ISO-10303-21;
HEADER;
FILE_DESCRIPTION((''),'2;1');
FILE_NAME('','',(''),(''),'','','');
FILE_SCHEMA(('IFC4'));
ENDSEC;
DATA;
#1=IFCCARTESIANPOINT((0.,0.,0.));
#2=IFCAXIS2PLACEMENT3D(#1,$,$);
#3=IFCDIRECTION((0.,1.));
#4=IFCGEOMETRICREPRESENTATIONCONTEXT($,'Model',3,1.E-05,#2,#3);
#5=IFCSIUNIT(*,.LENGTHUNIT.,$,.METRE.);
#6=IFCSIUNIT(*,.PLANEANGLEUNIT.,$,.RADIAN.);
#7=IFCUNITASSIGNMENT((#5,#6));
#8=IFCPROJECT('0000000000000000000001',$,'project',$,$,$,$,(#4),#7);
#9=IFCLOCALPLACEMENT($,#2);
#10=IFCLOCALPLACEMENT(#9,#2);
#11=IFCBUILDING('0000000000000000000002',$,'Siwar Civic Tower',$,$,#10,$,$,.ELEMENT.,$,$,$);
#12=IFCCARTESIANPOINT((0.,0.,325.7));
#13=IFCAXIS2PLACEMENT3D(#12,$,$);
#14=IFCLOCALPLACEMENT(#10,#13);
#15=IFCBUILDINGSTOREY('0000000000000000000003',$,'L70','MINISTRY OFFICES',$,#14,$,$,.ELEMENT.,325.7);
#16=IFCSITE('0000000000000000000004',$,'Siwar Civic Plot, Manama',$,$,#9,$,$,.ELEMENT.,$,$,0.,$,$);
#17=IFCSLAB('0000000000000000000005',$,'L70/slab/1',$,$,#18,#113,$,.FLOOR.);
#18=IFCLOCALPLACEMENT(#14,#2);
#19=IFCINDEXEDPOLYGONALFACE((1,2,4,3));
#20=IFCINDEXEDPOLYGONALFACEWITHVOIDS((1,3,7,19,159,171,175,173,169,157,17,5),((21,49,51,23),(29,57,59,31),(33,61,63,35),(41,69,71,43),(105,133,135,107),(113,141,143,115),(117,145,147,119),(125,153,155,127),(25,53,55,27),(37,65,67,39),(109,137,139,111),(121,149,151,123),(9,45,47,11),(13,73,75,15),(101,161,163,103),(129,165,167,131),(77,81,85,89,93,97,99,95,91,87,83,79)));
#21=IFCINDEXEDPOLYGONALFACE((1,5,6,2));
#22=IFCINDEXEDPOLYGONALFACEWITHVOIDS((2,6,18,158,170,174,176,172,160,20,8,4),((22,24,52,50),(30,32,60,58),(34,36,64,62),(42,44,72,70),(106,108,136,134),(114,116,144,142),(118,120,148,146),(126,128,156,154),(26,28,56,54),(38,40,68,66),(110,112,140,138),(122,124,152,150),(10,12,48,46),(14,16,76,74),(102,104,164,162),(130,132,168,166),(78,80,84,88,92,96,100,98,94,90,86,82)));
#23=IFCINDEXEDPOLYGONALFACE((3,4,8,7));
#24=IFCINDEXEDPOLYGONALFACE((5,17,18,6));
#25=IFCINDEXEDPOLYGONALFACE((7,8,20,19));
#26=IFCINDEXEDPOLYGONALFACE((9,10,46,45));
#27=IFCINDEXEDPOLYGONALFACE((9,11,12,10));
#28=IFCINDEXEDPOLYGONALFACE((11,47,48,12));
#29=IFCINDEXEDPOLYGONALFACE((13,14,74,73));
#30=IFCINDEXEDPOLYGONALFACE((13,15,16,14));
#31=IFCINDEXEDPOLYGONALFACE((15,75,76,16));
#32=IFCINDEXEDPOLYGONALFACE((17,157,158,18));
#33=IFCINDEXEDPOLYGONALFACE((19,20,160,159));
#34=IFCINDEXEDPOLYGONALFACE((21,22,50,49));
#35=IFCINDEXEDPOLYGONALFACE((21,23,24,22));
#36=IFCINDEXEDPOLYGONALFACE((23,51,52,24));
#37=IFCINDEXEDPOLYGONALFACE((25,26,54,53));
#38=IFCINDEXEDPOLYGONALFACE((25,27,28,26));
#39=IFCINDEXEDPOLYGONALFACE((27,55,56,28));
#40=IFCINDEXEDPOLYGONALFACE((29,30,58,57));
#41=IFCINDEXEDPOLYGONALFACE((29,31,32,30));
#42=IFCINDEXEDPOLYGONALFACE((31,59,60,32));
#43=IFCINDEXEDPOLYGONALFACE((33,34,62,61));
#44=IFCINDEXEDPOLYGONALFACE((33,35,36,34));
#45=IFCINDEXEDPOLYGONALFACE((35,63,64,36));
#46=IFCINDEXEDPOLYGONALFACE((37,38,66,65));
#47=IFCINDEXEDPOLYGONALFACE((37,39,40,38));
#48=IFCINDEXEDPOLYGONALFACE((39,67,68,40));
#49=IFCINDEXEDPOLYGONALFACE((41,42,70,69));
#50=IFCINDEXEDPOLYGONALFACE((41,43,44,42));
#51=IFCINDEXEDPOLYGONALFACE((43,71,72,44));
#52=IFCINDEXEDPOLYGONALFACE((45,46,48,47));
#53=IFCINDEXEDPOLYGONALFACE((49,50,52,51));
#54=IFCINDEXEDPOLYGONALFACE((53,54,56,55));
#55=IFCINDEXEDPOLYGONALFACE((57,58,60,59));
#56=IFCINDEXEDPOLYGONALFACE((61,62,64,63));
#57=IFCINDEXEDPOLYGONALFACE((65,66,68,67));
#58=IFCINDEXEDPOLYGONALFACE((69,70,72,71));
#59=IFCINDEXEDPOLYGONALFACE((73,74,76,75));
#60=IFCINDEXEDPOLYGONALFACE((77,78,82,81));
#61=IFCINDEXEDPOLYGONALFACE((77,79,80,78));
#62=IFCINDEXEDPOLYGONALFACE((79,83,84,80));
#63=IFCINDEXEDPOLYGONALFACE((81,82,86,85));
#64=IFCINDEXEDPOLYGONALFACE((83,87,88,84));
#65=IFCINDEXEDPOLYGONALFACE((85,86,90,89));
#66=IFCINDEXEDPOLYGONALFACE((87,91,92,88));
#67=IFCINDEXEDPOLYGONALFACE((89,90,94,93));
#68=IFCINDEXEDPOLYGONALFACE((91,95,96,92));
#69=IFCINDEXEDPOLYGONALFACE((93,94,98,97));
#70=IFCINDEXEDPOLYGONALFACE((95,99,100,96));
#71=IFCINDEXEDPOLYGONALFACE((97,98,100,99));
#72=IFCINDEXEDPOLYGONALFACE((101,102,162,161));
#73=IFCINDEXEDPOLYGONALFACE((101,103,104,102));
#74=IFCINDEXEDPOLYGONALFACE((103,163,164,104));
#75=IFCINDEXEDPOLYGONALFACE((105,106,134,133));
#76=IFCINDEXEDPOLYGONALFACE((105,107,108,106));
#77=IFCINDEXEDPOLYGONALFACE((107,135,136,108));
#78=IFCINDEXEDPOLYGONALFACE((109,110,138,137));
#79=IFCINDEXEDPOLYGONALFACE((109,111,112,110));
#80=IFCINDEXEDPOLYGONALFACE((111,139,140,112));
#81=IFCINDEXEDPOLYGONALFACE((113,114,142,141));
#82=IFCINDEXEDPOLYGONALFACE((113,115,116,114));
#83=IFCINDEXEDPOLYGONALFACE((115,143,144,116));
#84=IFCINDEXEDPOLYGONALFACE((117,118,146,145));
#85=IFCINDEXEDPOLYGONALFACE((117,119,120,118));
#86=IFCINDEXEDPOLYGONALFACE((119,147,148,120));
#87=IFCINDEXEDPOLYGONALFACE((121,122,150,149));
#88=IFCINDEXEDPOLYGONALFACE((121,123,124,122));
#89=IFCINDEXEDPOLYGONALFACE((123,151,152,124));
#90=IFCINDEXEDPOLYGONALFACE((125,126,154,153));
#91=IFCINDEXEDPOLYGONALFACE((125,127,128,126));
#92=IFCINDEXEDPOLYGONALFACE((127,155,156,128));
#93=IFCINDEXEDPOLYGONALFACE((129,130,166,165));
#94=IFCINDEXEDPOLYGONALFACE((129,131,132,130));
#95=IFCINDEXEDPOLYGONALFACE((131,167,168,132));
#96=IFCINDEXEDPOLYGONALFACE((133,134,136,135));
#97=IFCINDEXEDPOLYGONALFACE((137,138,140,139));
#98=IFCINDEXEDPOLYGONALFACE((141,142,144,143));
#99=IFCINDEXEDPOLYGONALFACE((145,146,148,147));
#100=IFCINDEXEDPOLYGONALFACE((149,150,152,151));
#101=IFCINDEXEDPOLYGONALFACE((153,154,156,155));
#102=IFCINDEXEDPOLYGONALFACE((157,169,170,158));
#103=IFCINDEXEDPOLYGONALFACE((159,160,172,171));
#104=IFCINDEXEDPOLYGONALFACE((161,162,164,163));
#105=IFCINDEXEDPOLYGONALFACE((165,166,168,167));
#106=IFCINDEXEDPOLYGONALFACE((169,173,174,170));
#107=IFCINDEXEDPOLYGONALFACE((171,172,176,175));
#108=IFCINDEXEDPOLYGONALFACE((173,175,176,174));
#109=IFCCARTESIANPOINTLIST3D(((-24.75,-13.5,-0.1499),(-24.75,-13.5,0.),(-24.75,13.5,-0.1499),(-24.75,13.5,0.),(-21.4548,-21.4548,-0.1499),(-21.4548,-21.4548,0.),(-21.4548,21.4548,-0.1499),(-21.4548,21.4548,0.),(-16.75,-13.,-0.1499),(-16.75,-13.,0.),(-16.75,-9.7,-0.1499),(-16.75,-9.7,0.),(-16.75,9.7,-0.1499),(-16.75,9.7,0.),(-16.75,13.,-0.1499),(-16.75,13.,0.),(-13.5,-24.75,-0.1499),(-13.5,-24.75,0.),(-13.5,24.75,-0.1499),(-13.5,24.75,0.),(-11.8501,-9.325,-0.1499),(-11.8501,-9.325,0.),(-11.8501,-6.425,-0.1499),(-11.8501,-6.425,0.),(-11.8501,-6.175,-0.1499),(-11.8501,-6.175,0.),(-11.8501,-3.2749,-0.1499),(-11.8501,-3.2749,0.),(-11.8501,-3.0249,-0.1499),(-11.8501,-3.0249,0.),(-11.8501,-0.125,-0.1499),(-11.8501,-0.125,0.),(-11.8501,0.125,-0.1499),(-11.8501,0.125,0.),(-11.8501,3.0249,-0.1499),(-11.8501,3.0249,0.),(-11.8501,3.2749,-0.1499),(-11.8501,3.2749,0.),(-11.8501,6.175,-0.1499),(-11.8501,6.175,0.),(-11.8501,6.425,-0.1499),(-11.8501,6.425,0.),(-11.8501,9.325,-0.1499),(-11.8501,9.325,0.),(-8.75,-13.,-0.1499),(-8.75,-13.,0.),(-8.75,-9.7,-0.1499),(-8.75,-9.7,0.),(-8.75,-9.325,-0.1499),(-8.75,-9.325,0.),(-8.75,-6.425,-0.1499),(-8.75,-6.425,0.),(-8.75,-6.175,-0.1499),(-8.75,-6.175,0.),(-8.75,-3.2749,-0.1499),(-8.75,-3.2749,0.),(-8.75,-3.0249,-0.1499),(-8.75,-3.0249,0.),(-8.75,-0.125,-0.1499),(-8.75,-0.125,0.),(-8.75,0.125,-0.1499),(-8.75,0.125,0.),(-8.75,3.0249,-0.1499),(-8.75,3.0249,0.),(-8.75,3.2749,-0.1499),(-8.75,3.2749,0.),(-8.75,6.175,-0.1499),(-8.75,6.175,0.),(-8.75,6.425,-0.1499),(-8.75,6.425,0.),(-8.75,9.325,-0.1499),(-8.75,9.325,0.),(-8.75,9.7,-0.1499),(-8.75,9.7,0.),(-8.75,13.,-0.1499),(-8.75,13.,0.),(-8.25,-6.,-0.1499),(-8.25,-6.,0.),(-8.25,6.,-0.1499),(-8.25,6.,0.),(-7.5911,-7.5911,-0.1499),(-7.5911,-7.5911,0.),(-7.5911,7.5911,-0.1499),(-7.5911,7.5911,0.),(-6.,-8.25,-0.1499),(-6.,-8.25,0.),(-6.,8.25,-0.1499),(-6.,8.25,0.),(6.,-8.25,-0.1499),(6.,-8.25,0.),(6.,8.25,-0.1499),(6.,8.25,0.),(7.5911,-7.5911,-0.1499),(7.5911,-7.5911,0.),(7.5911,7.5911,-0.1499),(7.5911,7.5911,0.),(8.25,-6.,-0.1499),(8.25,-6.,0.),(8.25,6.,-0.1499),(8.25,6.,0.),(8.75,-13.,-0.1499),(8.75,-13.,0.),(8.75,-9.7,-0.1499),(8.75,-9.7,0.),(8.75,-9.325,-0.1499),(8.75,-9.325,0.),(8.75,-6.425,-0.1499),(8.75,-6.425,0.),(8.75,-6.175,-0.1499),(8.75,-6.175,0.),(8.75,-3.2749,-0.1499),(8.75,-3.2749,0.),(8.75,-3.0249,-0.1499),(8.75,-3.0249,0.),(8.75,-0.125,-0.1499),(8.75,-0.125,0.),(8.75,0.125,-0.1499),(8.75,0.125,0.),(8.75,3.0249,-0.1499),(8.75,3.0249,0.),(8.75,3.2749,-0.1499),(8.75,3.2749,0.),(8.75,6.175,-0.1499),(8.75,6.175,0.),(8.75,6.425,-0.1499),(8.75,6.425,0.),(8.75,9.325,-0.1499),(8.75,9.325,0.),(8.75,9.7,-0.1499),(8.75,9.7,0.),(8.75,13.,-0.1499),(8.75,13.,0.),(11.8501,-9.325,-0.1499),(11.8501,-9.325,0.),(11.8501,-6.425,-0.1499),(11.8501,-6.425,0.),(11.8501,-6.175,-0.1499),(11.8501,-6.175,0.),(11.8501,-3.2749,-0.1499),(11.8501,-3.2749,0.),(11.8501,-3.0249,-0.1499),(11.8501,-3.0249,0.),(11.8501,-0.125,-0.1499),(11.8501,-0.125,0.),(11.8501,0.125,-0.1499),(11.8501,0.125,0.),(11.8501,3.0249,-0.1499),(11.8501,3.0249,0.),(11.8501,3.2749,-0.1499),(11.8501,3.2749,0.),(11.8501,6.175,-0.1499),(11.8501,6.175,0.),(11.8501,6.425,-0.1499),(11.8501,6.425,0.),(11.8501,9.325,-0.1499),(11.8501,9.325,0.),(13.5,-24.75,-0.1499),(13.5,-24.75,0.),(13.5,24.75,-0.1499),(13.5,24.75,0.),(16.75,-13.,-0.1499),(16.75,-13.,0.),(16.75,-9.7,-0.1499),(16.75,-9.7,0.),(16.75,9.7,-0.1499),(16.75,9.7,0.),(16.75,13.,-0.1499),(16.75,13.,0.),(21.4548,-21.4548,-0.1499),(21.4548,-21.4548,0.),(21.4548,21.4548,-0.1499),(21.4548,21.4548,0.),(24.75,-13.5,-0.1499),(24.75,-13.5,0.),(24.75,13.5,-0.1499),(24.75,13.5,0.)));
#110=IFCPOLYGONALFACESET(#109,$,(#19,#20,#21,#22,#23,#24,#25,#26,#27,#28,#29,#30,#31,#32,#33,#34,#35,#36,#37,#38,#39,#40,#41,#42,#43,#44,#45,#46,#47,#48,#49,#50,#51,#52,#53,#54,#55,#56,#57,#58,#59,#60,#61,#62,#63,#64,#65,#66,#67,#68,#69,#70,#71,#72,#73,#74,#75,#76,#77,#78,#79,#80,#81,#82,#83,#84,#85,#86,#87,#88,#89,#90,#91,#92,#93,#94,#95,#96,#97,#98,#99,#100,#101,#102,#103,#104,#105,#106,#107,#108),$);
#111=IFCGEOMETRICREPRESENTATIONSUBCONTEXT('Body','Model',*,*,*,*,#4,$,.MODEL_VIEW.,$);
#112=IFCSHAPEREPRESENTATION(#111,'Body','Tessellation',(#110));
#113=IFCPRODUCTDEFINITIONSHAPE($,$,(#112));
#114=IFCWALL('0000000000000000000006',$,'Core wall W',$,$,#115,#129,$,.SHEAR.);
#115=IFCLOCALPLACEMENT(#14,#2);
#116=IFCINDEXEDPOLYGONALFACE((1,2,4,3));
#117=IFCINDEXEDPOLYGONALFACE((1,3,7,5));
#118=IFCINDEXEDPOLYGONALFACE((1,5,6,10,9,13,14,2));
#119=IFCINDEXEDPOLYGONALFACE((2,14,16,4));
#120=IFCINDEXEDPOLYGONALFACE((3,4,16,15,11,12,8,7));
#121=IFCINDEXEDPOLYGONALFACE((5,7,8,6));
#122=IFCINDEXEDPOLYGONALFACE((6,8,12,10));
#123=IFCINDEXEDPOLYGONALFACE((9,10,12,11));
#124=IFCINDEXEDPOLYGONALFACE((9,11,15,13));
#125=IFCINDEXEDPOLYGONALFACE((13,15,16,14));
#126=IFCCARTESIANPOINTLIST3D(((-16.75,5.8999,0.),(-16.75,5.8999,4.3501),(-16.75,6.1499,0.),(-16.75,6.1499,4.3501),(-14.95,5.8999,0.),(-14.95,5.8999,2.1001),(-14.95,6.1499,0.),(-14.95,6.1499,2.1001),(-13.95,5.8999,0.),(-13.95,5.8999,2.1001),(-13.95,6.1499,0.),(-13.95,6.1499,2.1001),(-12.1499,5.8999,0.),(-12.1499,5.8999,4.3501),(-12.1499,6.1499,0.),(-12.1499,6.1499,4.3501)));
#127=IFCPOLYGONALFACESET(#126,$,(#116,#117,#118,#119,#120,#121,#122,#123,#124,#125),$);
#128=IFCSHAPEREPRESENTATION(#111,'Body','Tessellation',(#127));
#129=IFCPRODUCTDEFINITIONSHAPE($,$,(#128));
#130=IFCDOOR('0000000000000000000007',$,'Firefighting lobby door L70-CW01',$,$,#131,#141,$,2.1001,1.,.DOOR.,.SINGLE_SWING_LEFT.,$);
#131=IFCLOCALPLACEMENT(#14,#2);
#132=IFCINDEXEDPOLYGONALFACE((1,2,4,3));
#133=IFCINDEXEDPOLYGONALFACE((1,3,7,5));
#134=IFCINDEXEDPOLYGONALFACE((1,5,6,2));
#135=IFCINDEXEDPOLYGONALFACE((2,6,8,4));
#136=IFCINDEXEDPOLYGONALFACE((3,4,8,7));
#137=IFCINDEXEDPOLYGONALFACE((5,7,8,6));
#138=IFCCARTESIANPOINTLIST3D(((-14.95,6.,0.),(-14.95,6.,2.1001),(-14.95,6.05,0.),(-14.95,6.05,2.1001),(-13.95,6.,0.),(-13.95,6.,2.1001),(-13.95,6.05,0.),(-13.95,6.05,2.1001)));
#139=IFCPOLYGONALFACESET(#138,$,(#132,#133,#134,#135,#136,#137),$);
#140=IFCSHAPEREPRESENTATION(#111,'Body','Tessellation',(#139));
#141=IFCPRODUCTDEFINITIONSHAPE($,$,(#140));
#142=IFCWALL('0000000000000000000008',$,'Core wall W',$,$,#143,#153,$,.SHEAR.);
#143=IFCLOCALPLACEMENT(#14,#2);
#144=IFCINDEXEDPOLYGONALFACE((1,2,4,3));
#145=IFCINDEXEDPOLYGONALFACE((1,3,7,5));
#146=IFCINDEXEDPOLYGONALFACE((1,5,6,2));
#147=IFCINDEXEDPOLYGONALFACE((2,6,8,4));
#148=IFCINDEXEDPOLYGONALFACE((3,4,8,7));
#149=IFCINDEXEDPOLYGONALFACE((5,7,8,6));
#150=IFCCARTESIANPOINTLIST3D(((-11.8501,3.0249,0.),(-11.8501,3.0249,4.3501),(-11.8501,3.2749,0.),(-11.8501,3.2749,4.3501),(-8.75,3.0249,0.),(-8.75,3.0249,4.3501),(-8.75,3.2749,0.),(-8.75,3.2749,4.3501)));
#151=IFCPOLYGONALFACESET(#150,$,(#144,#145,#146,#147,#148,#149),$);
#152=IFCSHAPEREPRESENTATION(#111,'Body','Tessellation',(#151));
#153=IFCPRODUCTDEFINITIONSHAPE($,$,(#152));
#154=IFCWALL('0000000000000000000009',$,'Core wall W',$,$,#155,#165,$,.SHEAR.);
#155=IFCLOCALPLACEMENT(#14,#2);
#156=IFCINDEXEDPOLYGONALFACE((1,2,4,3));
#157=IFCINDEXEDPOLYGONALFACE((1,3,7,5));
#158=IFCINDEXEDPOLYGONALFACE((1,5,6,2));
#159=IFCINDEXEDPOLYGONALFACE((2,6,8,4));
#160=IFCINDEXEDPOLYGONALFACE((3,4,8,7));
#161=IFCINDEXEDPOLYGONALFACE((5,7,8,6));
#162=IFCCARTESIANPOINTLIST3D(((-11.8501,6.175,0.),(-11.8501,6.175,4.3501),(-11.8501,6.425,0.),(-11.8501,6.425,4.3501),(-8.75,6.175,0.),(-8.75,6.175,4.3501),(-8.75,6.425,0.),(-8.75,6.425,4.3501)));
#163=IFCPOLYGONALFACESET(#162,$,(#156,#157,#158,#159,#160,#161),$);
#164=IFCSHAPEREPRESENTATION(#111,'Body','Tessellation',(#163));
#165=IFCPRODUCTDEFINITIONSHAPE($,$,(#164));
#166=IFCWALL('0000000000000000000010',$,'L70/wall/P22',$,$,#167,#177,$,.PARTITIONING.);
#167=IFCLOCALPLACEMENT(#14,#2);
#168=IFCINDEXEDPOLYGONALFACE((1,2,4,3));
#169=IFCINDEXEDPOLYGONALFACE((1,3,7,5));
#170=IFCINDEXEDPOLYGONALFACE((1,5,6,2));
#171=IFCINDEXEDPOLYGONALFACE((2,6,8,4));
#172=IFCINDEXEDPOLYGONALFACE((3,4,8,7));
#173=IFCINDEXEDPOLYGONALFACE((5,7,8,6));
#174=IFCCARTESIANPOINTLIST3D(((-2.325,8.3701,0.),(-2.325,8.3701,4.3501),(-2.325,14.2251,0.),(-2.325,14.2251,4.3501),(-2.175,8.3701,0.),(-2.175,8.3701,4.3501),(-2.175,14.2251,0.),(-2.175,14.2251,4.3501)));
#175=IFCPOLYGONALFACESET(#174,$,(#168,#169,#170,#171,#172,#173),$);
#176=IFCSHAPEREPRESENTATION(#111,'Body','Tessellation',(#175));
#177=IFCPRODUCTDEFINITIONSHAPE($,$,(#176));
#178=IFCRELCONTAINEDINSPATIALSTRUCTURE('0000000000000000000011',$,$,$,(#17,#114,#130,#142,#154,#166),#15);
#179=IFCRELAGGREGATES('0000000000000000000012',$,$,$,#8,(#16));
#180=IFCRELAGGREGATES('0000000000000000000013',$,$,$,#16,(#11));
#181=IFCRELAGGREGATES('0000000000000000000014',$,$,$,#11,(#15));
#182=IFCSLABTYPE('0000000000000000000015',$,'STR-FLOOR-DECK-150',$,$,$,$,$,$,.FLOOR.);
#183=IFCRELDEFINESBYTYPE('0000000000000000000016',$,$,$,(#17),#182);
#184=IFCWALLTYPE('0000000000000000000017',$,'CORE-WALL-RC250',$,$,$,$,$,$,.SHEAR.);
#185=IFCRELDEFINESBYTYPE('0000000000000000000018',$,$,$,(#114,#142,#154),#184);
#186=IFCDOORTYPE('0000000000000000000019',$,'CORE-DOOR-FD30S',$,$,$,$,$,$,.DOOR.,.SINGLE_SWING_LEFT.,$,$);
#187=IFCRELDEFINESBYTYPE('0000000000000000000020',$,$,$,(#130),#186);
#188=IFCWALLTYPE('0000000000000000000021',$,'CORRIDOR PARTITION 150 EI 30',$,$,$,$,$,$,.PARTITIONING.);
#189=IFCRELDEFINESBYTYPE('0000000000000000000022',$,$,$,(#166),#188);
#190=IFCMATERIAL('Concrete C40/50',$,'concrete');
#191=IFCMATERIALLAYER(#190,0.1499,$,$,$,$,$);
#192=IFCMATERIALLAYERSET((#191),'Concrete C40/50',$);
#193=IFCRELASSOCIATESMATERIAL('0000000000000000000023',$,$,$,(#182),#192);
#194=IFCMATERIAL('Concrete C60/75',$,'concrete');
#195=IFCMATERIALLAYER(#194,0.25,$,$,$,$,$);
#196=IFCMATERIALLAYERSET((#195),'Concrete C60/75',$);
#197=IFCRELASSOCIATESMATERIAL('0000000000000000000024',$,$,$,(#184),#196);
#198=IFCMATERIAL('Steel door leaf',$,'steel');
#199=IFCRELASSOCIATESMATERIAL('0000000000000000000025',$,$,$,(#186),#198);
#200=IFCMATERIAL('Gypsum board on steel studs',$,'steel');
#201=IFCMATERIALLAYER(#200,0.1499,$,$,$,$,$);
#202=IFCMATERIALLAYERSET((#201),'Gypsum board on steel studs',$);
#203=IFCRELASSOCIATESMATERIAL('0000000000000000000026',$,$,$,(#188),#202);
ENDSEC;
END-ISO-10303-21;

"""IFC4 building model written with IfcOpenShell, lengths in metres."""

from ifc_helpers import new_model, si_unit, direction, frame, frame_2d, origin, place, context, subcontext, project, spatial, polyline, rectangle, outline, extrude, material, layer, layer_set, type_object, element, fill, save


model = new_model("IFC4")

# Units and contexts
model_context = context("Model", 3, precision=1e-05, world=origin(), true_north=direction((0.0, 1.0)))
body_context = subcontext(model_context, "Body", "Model", "MODEL_VIEW")
ifc_project = project(units=[si_unit("LENGTHUNIT", "METRE"), si_unit("PLANEANGLEUNIT", "RADIAN")], contexts=[model_context])

# Site, building, storey
site_placement = place(None, origin())
site = spatial("IfcSite", under=ifc_project, at=site_placement, Name="Siwar Civic Plot, Manama", CompositionType="ELEMENT", RefElevation=0.0)
building_placement = place(site_placement, origin())
building = spatial("IfcBuilding", under=site, at=building_placement, Name="Siwar Civic Tower", CompositionType="ELEMENT")
storey_placement = place(building_placement, frame((0.0, 0.0, 325.7)))
storey = spatial("IfcBuildingStorey", under=building, at=storey_placement, Name="L70", Description="MINISTRY OFFICES", CompositionType="ELEMENT", Elevation=325.7)

# Slab
ifc_material_1 = material(Name="Concrete C40/50", Category="concrete")
ifc_layer_1 = layer(ifc_material_1, 0.1499)
ifc_layer_set_1 = layer_set([ifc_layer_1], Name="Concrete C40/50")
slab_type_1 = type_object("IfcSlabType", Name="STR-FLOOR-DECK-150", PredefinedType="FLOOR", material=ifc_layer_set_1)
slab_1_placement = place(storey_placement, frame((0.0, 0.0, -0.1499)))
element("IfcSlab", 1, at=slab_1_placement, inside=storey, type_object=slab_type_1, Name="L70/slab/1", PredefinedType="FLOOR", context=body_context, shape_type="SweptSolid", body=[
    extrude(outline(polyline([(-13.5, -24.75), (13.5, -24.75), (21.4548, -21.4548), (24.75, -13.5), (24.75, 13.5), (21.4548, 21.4548), (13.5, 24.75), (-13.5, 24.75), (-21.4548, 21.4548), (-24.75, 13.5), (-24.75, -13.5), (-21.4548, -21.4548), (-13.5, -24.75)]), holes=[polyline([(16.75, 13.0), (16.75, 9.7), (8.75, 9.7), (8.75, 13.0), (16.75, 13.0)]), polyline([(8.75, -9.7), (16.75, -9.7), (16.75, -13.0), (8.75, -13.0), (8.75, -9.7)]), polyline([(11.8501, 9.325), (11.8501, 6.425), (8.75, 6.425), (8.75, 9.325), (11.8501, 9.325)]), polyline([(8.75, 6.175), (11.8501, 6.175), (11.8501, 3.2749), (8.75, 3.2749), (8.75, 6.175)]), polyline([(8.75, 3.0249), (11.8501, 3.0249), (11.8501, 0.125), (8.75, 0.125), (8.75, 3.0249)]), polyline([(8.75, -0.125), (11.8501, -0.125), (11.8501, -3.0249), (8.75, -3.0249), (8.75, -0.125)]), polyline([(8.75, -3.2749), (11.8501, -3.2749), (11.8501, -6.175), (8.75, -6.175), (8.75, -3.2749)]), polyline([(8.75, -6.425), (11.8501, -6.425), (11.8501, -9.325), (8.75, -9.325), (8.75, -6.425)]), polyline([(-6.0, 8.25), (6.0, 8.25), (7.5911, 7.5911), (8.25, 6.0), (8.25, -6.0), (7.5911, -7.5911), (6.0, -8.25), (-6.0, -8.25), (-7.5911, -7.5911), (-8.25, -6.0), (-8.25, 6.0), (-7.5911, 7.5911), (-6.0, 8.25)]), polyline([(-8.75, -13.0), (-16.75, -13.0), (-16.75, -9.7), (-8.75, -9.7), (-8.75, -13.0)]), polyline([(-8.75, 9.7), (-16.75, 9.7), (-16.75, 13.0), (-8.75, 13.0), (-8.75, 9.7)]), polyline([(-8.75, 6.425), (-11.8501, 6.425), (-11.8501, 9.325), (-8.75, 9.325), (-8.75, 6.425)]), polyline([(-8.75, 3.2749), (-11.8501, 3.2749), (-11.8501, 6.175), (-8.75, 6.175), (-8.75, 3.2749)]), polyline([(-8.75, 0.125), (-11.8501, 0.125), (-11.8501, 3.0249), (-8.75, 3.0249), (-8.75, 0.125)]), polyline([(-8.75, -3.0249), (-11.8501, -3.0249), (-11.8501, -0.125), (-8.75, -0.125), (-8.75, -3.0249)]), polyline([(-8.75, -6.175), (-11.8501, -6.175), (-11.8501, -3.2749), (-8.75, -3.2749), (-8.75, -6.175)]), polyline([(-8.75, -9.325), (-11.8501, -9.325), (-11.8501, -6.425), (-8.75, -6.425), (-8.75, -9.325)])]), origin(), (0.0, 0.0, 1.0), 0.1499),
])

# Wall, opening, door
ifc_material_2 = material(Name="Concrete C60/75", Category="concrete")
ifc_layer_2 = layer(ifc_material_2, 0.25)
ifc_layer_set_2 = layer_set([ifc_layer_2], Name="Concrete C60/75")
wall_type_1 = type_object("IfcWallType", Name="CORE-WALL-RC250", PredefinedType="SHEAR", material=ifc_layer_set_2)
wall_1_placement = place(storey_placement, frame((-12.1499, 6.0249, 0.0), z_axis=(0.0, 0.0, 1.0), x_axis=(-1.0, 0.0, 0.0)))
wall_1 = element("IfcWall", 2, at=wall_1_placement, inside=storey, type_object=wall_type_1, Name="Core wall W", PredefinedType="SHEAR", context=body_context, shape_type="SweptSolid", body=[
    extrude(rectangle(XDim=4.6001, YDim=0.25, at=frame_2d((2.3, 0.0))), origin(), (0.0, 0.0, 1.0), 4.3501),
])
opening_placement = place(wall_1_placement, frame((1.8, 0.0, 0.0)))
opening = element("IfcOpeningElement", 3, at=opening_placement, cuts=wall_1, PredefinedType="OPENING", context=body_context, shape_type="SweptSolid", body=[
    extrude(rectangle(XDim=1.0, YDim=2.1001, at=frame_2d((0.5, 1.05))), frame((0.0, 0.135, 0.0), z_axis=(0.0, -1.0, 0.0), x_axis=(1.0, 0.0, 0.0)), (0.0, 0.0, 1.0), 0.27),
])
ifc_material_3 = material(Name="Steel door leaf", Category="steel")
door_type = type_object("IfcDoorType", Name="CORE-DOOR-FD30S", OperationType="SINGLE_SWING_LEFT", PredefinedType="DOOR", material=ifc_material_3)
door_placement = place(opening_placement, origin())
door = element("IfcDoor", 4, at=door_placement, inside=storey, type_object=door_type, Name="Firefighting lobby door L70-CW01", OperationType="SINGLE_SWING_LEFT", OverallHeight=2.1001, OverallWidth=1.0, PredefinedType="DOOR", context=body_context, shape_type="SweptSolid", body=[
    extrude(rectangle(XDim=1.0, YDim=2.1001, at=frame_2d((0.5, 1.05))), frame((0.0, 0.0249, 0.0), z_axis=(0.0, -1.0, 0.0), x_axis=(1.0, 0.0, 0.0)), (0.0, 0.0, 1.0), 0.05),
])
fill(opening, door)

# Walls
for number, where, z_axis, x_axis, name in (
    (5, (-8.75, 3.1499, 0.0), (0.0, 0.0, 1.0), (-1.0, 0.0, 0.0), "Core wall W"),
    (6, (-8.75, 6.3, 0.0), (0.0, 0.0, 1.0), (-1.0, 0.0, 0.0), "Core wall W"),
):
    element("IfcWall", number, at=place(storey_placement, frame(where, z_axis=z_axis, x_axis=x_axis)), inside=storey, type_object=wall_type_1, Name=name, PredefinedType="SHEAR", context=body_context, shape_type="SweptSolid", body=[
        extrude(rectangle(XDim=3.1001, YDim=0.25, at=frame_2d((1.55, 0.0))), origin(), (0.0, 0.0, 1.0), 4.3501),
    ])
ifc_material_4 = material(Name="Gypsum board on steel studs", Category="steel")
ifc_layer_3 = layer(ifc_material_4, 0.1499)
ifc_layer_set_3 = layer_set([ifc_layer_3], Name="Gypsum board on steel studs")
wall_type_2 = type_object("IfcWallType", Name="CORRIDOR PARTITION 150 EI 30", PredefinedType="PARTITIONING", material=ifc_layer_set_3)
wall_2_placement = place(storey_placement, frame((-2.25, 8.3701, 0.0), z_axis=(0.0, 0.0, 1.0), x_axis=(0.0, 1.0, 0.0)))
element("IfcWall", 7, at=wall_2_placement, inside=storey, type_object=wall_type_2, Name="L70/wall/P22", PredefinedType="PARTITIONING", context=body_context, shape_type="SweptSolid", body=[
    extrude(rectangle(XDim=5.855, YDim=0.1499, at=frame_2d((2.9275, 0.0))), origin(), (0.0, 0.0, 1.0), 4.3501),
])

save(model, "model.ifc")
